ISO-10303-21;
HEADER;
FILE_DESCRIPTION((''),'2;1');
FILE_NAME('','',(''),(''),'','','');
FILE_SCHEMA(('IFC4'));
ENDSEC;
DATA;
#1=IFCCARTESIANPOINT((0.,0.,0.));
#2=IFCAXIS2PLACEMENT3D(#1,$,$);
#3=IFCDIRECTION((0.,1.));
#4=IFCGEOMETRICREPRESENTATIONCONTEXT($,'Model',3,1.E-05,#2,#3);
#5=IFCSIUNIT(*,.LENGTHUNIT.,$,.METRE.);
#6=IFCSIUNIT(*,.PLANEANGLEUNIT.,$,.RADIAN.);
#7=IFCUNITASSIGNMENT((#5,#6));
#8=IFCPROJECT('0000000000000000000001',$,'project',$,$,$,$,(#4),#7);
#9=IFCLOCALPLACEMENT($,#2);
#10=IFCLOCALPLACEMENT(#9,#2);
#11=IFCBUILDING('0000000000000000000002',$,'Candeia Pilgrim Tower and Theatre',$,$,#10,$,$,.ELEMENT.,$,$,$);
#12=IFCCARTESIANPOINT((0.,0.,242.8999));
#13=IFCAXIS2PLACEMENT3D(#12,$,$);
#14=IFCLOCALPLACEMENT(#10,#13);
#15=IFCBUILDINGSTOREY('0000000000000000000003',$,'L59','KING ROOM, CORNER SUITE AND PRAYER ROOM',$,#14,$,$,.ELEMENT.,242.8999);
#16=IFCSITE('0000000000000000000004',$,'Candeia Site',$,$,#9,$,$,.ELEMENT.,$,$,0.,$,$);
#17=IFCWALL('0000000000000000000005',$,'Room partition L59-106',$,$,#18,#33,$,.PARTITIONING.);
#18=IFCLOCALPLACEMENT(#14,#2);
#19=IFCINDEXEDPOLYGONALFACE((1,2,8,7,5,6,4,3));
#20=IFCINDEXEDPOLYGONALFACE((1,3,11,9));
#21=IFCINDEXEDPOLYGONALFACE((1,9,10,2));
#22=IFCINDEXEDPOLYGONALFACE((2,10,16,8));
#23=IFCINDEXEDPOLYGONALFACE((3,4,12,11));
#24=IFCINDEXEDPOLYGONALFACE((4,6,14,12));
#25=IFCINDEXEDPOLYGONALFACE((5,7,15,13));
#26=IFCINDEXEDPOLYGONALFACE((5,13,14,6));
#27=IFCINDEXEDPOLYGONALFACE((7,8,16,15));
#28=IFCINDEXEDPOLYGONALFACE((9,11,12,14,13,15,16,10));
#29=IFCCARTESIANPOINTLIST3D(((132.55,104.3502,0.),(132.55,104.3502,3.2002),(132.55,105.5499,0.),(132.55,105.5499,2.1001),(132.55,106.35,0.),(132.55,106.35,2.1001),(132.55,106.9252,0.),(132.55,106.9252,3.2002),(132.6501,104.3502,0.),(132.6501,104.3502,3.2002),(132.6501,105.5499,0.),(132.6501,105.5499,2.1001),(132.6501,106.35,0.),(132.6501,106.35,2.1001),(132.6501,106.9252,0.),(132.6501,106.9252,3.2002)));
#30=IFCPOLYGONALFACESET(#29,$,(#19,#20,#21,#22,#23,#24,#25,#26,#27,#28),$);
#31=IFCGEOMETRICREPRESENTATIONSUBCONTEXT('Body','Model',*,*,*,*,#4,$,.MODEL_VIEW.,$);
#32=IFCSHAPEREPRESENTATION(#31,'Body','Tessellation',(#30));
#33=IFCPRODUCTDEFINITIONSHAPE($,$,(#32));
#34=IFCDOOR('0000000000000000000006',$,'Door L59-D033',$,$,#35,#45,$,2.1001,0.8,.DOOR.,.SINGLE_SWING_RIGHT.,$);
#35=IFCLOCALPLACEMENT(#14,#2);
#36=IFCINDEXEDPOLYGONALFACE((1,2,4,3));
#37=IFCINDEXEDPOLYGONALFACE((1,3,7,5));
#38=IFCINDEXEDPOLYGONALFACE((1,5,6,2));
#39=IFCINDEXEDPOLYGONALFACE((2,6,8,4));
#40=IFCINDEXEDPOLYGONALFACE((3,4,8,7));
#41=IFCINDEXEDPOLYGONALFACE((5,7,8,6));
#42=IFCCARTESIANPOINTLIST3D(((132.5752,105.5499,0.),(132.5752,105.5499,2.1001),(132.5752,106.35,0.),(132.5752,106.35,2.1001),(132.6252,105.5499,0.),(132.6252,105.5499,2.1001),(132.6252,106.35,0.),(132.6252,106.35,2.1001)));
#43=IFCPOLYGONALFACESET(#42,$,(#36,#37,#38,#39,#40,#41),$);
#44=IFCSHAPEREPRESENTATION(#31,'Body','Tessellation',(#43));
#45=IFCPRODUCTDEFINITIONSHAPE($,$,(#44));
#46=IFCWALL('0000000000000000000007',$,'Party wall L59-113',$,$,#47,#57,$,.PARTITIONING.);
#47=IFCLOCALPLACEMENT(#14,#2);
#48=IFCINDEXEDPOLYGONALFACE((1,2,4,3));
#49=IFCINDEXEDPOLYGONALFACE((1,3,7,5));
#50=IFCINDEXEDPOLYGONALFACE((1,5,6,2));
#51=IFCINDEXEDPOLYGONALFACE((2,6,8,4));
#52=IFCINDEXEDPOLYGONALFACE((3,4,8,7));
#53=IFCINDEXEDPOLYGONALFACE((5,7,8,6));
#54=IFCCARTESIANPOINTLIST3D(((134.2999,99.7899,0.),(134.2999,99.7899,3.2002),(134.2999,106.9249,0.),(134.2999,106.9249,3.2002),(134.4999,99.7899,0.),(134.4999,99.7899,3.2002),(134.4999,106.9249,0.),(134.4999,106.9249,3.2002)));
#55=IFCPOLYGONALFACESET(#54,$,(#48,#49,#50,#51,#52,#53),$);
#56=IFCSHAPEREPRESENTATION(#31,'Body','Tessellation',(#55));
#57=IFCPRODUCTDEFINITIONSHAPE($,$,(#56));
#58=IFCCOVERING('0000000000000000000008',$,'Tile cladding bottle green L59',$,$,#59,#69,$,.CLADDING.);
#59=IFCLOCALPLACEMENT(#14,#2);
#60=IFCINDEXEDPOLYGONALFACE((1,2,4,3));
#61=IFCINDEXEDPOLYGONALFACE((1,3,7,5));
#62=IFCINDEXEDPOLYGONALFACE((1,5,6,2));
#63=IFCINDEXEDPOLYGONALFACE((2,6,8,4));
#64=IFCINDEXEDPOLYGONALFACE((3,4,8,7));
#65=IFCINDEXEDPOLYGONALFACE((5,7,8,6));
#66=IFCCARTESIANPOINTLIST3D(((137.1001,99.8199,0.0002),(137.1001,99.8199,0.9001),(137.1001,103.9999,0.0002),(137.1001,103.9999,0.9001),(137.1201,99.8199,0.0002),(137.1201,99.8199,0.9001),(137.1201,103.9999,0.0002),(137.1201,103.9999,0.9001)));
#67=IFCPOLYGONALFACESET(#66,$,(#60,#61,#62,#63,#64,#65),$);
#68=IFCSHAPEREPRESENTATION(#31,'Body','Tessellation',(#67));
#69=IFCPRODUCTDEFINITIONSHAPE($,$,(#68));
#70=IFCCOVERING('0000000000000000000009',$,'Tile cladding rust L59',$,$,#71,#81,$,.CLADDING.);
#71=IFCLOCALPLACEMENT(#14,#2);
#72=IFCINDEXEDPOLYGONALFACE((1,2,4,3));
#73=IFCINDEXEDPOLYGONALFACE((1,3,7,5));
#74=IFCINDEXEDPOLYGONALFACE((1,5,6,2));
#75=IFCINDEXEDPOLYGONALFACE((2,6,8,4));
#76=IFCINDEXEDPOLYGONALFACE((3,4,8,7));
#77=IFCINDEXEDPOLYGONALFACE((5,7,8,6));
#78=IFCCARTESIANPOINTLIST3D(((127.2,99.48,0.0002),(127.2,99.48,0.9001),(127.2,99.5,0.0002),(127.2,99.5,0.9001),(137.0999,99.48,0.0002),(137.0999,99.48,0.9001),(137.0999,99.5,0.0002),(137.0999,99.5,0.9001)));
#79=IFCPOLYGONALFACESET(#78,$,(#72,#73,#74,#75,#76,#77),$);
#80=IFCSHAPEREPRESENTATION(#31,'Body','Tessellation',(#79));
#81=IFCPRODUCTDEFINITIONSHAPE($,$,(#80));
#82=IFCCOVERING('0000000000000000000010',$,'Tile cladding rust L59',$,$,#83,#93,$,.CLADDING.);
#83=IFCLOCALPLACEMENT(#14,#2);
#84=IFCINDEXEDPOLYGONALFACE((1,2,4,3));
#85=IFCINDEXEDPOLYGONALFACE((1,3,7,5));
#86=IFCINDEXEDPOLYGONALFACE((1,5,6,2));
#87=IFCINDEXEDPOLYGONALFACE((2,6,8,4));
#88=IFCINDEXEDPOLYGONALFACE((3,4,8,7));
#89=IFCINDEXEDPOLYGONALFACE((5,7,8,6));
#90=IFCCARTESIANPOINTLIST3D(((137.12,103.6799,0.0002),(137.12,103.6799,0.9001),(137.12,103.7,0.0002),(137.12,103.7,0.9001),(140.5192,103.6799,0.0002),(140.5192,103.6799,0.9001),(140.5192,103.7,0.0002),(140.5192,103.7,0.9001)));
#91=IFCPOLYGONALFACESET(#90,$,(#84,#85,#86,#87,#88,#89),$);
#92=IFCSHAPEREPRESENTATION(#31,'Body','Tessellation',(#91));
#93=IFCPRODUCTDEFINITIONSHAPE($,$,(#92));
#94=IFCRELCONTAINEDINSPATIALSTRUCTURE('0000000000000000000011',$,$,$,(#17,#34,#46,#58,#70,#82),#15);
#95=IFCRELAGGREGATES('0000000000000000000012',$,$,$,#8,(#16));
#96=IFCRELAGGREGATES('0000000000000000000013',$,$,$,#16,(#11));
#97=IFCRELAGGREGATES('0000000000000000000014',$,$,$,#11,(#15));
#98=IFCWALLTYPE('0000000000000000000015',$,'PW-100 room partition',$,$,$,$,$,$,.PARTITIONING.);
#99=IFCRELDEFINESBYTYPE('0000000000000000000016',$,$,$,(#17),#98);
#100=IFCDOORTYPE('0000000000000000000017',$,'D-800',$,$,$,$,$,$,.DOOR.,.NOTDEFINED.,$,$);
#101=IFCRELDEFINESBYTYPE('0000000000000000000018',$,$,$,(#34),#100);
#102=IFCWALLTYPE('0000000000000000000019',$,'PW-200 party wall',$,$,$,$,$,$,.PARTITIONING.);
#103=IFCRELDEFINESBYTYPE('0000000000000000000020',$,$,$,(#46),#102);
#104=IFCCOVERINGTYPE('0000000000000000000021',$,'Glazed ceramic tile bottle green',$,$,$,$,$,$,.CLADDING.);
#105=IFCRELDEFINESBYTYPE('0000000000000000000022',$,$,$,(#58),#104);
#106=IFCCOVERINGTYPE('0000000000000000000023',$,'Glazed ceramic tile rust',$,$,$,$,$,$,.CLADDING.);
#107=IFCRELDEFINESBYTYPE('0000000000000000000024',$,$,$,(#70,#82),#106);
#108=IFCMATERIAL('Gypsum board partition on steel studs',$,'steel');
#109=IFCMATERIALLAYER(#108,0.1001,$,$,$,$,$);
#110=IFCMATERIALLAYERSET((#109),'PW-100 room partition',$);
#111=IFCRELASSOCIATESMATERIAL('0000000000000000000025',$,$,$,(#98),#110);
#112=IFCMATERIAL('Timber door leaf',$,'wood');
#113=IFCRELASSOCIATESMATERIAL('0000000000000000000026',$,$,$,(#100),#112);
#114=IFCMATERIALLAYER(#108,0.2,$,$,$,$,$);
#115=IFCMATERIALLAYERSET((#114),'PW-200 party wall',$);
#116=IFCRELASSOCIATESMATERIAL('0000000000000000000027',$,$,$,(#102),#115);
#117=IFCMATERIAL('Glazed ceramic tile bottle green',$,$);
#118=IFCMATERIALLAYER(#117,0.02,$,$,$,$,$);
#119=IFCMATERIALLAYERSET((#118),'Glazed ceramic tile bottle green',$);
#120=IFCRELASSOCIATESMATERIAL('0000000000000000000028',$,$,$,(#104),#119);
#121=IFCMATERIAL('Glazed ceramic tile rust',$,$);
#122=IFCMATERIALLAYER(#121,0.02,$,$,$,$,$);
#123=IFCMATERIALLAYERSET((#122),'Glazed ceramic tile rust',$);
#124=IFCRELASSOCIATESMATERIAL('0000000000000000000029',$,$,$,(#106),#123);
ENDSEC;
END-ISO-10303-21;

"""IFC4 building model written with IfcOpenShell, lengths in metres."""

from ifc_helpers import new_model, si_unit, direction, frame, frame_2d, origin, origin_2d, place, context, subcontext, project, spatial, rectangle, extrude, material, layer, layer_set, type_object, element, fill, save


model = new_model("IFC4")

# Units and contexts
model_context = context("Model", 3, precision=1e-05, world=origin(), true_north=direction((0.0, 1.0)))
body_context = subcontext(model_context, "Body", "Model", "MODEL_VIEW")
ifc_project = project(units=[si_unit("LENGTHUNIT", "METRE"), si_unit("PLANEANGLEUNIT", "RADIAN")], contexts=[model_context])

# Site, building, storey
site_placement = place(None, origin())
site = spatial("IfcSite", under=ifc_project, at=site_placement, Name="Candeia Site", CompositionType="ELEMENT", RefElevation=0.0)
building_placement = place(site_placement, origin())
building = spatial("IfcBuilding", under=site, at=building_placement, Name="Candeia Pilgrim Tower and Theatre", CompositionType="ELEMENT")
storey_placement = place(building_placement, frame((0.0, 0.0, 242.8999)))
storey = spatial("IfcBuildingStorey", under=building, at=storey_placement, Name="L59", Description="KING ROOM, CORNER SUITE AND PRAYER ROOM", CompositionType="ELEMENT", Elevation=242.8999)

# Shared definitions
ifc_material_1 = material(Name="Gypsum board partition on steel studs", Category="steel")
ifc_layer_1 = layer(ifc_material_1, 0.1001)
ifc_layer_set_1 = layer_set([ifc_layer_1], Name="PW-100 room partition")
wall_type_1 = type_object("IfcWallType", Name="PW-100 room partition", PredefinedType="PARTITIONING", material=ifc_layer_set_1)

# Wall, opening, door
wall_1_placement = place(storey_placement, frame((132.6001, 104.3501, 0.0), z_axis=(0.0, 0.0, 1.0), x_axis=(0.0, 1.0, 0.0)))
wall_1 = element("IfcWall", 1, at=wall_1_placement, inside=storey, type_object=wall_type_1, Name="Room partition L59-106", PredefinedType="PARTITIONING", context=body_context, shape_type="SweptSolid", body=[
    extrude(rectangle(XDim=2.575, YDim=0.1001, at=frame_2d((1.2876, 0.0))), origin(), (0.0, 0.0, 1.0), 3.2002),
])
opening_1_placement = place(wall_1_placement, frame((1.2, 0.0, 0.0)))
opening_1 = element("IfcOpeningElement", 2, at=opening_1_placement, cuts=wall_1, PredefinedType="OPENING", context=body_context, shape_type="SweptSolid", body=[
    extrude(rectangle(XDim=0.8, YDim=2.1001, at=frame_2d((0.3999, 1.05))), frame((0.0, 0.0601, 0.0), z_axis=(0.0, -1.0, 0.0), x_axis=(1.0, 0.0, 0.0)), (0.0, 0.0, 1.0), 0.1201),
])
ifc_material_2 = material(Name="Timber door leaf", Category="wood")
door_type_1 = type_object("IfcDoorType", Name="D-800", OperationType="NOTDEFINED", PredefinedType="DOOR", material=ifc_material_2)
door_1_placement = place(opening_1_placement, origin())
door_1 = element("IfcDoor", 3, at=door_1_placement, inside=storey, type_object=door_type_1, Name="Door L59-D033", OperationType="SINGLE_SWING_RIGHT", OverallHeight=2.1001, OverallWidth=0.8, PredefinedType="DOOR", context=body_context, shape_type="SweptSolid", body=[
    extrude(rectangle(XDim=0.8, YDim=2.1001, at=frame_2d((0.3999, 1.05))), frame((0.0, 0.0249, 0.0), z_axis=(0.0, -1.0, 0.0), x_axis=(1.0, 0.0, 0.0)), (0.0, 0.0, 1.0), 0.05),
])
fill(opening_1, door_1)

# Wall
ifc_layer_2 = layer(ifc_material_1, 0.2)
ifc_layer_set_2 = layer_set([ifc_layer_2], Name="PW-200 party wall")
wall_type_2 = type_object("IfcWallType", Name="PW-200 party wall", PredefinedType="PARTITIONING", material=ifc_layer_set_2)
wall_2_placement = place(storey_placement, frame((134.3999, 99.79, 0.0), z_axis=(0.0, 0.0, 1.0), x_axis=(0.0, 1.0, 0.0)))
element("IfcWall", 4, at=wall_2_placement, inside=storey, type_object=wall_type_2, Name="Party wall L59-113", PredefinedType="PARTITIONING", context=body_context, shape_type="SweptSolid", body=[
    extrude(rectangle(XDim=7.135, YDim=0.2, at=frame_2d((3.5674, 0.0))), origin(), (0.0, 0.0, 1.0), 3.2002),
])

# Coverings
ifc_material_3 = material(Name="Glazed ceramic tile bottle green")
ifc_layer_3 = layer(ifc_material_3, 0.02)
ifc_layer_set_3 = layer_set([ifc_layer_3], Name="Glazed ceramic tile bottle green")
covering_type_1 = type_object("IfcCoveringType", Name="Glazed ceramic tile bottle green", PredefinedType="CLADDING", material=ifc_layer_set_3)
covering_1_placement = place(storey_placement, frame((137.1101, 101.9099, 0.0002), z_axis=(0.0, 0.0, 1.0), x_axis=(0.0, 1.0, 0.0)))
element("IfcCovering", 5, at=covering_1_placement, inside=storey, type_object=covering_type_1, Name="Tile cladding bottle green L59", PredefinedType="CLADDING", context=body_context, shape_type="SweptSolid", body=[
    extrude(rectangle(XDim=4.1799, YDim=0.02, at=origin_2d()), origin(), (0.0, 0.0, 1.0), 0.8999),
])
ifc_material_4 = material(Name="Glazed ceramic tile rust")
ifc_layer_4 = layer(ifc_material_4, 0.02)
ifc_layer_set_4 = layer_set([ifc_layer_4], Name="Glazed ceramic tile rust")
covering_type_2 = type_object("IfcCoveringType", Name="Glazed ceramic tile rust", PredefinedType="CLADDING", material=ifc_layer_set_4)
covering_2_placement = place(storey_placement, frame((132.1499, 99.49, 0.0002), z_axis=(0.0, 0.0, 1.0), x_axis=(1.0, 0.0, 0.0)))
element("IfcCovering", 6, at=covering_2_placement, inside=storey, type_object=covering_type_2, Name="Tile cladding rust L59", PredefinedType="CLADDING", context=body_context, shape_type="SweptSolid", body=[
    extrude(rectangle(XDim=9.8999, YDim=0.02, at=origin_2d()), origin(), (0.0, 0.0, 1.0), 0.8999),
])
covering_3_placement = place(storey_placement, frame((138.8196, 103.6899, 0.0002), z_axis=(0.0, 0.0, 1.0), x_axis=(1.0, 0.0, 0.0)))
element("IfcCovering", 7, at=covering_3_placement, inside=storey, type_object=covering_type_2, Name="Tile cladding rust L59", PredefinedType="CLADDING", context=body_context, shape_type="SweptSolid", body=[
    extrude(rectangle(XDim=3.3992, YDim=0.02, at=origin_2d()), origin(), (0.0, 0.0, 1.0), 0.8999),
])

save(model, "model.ifc")
